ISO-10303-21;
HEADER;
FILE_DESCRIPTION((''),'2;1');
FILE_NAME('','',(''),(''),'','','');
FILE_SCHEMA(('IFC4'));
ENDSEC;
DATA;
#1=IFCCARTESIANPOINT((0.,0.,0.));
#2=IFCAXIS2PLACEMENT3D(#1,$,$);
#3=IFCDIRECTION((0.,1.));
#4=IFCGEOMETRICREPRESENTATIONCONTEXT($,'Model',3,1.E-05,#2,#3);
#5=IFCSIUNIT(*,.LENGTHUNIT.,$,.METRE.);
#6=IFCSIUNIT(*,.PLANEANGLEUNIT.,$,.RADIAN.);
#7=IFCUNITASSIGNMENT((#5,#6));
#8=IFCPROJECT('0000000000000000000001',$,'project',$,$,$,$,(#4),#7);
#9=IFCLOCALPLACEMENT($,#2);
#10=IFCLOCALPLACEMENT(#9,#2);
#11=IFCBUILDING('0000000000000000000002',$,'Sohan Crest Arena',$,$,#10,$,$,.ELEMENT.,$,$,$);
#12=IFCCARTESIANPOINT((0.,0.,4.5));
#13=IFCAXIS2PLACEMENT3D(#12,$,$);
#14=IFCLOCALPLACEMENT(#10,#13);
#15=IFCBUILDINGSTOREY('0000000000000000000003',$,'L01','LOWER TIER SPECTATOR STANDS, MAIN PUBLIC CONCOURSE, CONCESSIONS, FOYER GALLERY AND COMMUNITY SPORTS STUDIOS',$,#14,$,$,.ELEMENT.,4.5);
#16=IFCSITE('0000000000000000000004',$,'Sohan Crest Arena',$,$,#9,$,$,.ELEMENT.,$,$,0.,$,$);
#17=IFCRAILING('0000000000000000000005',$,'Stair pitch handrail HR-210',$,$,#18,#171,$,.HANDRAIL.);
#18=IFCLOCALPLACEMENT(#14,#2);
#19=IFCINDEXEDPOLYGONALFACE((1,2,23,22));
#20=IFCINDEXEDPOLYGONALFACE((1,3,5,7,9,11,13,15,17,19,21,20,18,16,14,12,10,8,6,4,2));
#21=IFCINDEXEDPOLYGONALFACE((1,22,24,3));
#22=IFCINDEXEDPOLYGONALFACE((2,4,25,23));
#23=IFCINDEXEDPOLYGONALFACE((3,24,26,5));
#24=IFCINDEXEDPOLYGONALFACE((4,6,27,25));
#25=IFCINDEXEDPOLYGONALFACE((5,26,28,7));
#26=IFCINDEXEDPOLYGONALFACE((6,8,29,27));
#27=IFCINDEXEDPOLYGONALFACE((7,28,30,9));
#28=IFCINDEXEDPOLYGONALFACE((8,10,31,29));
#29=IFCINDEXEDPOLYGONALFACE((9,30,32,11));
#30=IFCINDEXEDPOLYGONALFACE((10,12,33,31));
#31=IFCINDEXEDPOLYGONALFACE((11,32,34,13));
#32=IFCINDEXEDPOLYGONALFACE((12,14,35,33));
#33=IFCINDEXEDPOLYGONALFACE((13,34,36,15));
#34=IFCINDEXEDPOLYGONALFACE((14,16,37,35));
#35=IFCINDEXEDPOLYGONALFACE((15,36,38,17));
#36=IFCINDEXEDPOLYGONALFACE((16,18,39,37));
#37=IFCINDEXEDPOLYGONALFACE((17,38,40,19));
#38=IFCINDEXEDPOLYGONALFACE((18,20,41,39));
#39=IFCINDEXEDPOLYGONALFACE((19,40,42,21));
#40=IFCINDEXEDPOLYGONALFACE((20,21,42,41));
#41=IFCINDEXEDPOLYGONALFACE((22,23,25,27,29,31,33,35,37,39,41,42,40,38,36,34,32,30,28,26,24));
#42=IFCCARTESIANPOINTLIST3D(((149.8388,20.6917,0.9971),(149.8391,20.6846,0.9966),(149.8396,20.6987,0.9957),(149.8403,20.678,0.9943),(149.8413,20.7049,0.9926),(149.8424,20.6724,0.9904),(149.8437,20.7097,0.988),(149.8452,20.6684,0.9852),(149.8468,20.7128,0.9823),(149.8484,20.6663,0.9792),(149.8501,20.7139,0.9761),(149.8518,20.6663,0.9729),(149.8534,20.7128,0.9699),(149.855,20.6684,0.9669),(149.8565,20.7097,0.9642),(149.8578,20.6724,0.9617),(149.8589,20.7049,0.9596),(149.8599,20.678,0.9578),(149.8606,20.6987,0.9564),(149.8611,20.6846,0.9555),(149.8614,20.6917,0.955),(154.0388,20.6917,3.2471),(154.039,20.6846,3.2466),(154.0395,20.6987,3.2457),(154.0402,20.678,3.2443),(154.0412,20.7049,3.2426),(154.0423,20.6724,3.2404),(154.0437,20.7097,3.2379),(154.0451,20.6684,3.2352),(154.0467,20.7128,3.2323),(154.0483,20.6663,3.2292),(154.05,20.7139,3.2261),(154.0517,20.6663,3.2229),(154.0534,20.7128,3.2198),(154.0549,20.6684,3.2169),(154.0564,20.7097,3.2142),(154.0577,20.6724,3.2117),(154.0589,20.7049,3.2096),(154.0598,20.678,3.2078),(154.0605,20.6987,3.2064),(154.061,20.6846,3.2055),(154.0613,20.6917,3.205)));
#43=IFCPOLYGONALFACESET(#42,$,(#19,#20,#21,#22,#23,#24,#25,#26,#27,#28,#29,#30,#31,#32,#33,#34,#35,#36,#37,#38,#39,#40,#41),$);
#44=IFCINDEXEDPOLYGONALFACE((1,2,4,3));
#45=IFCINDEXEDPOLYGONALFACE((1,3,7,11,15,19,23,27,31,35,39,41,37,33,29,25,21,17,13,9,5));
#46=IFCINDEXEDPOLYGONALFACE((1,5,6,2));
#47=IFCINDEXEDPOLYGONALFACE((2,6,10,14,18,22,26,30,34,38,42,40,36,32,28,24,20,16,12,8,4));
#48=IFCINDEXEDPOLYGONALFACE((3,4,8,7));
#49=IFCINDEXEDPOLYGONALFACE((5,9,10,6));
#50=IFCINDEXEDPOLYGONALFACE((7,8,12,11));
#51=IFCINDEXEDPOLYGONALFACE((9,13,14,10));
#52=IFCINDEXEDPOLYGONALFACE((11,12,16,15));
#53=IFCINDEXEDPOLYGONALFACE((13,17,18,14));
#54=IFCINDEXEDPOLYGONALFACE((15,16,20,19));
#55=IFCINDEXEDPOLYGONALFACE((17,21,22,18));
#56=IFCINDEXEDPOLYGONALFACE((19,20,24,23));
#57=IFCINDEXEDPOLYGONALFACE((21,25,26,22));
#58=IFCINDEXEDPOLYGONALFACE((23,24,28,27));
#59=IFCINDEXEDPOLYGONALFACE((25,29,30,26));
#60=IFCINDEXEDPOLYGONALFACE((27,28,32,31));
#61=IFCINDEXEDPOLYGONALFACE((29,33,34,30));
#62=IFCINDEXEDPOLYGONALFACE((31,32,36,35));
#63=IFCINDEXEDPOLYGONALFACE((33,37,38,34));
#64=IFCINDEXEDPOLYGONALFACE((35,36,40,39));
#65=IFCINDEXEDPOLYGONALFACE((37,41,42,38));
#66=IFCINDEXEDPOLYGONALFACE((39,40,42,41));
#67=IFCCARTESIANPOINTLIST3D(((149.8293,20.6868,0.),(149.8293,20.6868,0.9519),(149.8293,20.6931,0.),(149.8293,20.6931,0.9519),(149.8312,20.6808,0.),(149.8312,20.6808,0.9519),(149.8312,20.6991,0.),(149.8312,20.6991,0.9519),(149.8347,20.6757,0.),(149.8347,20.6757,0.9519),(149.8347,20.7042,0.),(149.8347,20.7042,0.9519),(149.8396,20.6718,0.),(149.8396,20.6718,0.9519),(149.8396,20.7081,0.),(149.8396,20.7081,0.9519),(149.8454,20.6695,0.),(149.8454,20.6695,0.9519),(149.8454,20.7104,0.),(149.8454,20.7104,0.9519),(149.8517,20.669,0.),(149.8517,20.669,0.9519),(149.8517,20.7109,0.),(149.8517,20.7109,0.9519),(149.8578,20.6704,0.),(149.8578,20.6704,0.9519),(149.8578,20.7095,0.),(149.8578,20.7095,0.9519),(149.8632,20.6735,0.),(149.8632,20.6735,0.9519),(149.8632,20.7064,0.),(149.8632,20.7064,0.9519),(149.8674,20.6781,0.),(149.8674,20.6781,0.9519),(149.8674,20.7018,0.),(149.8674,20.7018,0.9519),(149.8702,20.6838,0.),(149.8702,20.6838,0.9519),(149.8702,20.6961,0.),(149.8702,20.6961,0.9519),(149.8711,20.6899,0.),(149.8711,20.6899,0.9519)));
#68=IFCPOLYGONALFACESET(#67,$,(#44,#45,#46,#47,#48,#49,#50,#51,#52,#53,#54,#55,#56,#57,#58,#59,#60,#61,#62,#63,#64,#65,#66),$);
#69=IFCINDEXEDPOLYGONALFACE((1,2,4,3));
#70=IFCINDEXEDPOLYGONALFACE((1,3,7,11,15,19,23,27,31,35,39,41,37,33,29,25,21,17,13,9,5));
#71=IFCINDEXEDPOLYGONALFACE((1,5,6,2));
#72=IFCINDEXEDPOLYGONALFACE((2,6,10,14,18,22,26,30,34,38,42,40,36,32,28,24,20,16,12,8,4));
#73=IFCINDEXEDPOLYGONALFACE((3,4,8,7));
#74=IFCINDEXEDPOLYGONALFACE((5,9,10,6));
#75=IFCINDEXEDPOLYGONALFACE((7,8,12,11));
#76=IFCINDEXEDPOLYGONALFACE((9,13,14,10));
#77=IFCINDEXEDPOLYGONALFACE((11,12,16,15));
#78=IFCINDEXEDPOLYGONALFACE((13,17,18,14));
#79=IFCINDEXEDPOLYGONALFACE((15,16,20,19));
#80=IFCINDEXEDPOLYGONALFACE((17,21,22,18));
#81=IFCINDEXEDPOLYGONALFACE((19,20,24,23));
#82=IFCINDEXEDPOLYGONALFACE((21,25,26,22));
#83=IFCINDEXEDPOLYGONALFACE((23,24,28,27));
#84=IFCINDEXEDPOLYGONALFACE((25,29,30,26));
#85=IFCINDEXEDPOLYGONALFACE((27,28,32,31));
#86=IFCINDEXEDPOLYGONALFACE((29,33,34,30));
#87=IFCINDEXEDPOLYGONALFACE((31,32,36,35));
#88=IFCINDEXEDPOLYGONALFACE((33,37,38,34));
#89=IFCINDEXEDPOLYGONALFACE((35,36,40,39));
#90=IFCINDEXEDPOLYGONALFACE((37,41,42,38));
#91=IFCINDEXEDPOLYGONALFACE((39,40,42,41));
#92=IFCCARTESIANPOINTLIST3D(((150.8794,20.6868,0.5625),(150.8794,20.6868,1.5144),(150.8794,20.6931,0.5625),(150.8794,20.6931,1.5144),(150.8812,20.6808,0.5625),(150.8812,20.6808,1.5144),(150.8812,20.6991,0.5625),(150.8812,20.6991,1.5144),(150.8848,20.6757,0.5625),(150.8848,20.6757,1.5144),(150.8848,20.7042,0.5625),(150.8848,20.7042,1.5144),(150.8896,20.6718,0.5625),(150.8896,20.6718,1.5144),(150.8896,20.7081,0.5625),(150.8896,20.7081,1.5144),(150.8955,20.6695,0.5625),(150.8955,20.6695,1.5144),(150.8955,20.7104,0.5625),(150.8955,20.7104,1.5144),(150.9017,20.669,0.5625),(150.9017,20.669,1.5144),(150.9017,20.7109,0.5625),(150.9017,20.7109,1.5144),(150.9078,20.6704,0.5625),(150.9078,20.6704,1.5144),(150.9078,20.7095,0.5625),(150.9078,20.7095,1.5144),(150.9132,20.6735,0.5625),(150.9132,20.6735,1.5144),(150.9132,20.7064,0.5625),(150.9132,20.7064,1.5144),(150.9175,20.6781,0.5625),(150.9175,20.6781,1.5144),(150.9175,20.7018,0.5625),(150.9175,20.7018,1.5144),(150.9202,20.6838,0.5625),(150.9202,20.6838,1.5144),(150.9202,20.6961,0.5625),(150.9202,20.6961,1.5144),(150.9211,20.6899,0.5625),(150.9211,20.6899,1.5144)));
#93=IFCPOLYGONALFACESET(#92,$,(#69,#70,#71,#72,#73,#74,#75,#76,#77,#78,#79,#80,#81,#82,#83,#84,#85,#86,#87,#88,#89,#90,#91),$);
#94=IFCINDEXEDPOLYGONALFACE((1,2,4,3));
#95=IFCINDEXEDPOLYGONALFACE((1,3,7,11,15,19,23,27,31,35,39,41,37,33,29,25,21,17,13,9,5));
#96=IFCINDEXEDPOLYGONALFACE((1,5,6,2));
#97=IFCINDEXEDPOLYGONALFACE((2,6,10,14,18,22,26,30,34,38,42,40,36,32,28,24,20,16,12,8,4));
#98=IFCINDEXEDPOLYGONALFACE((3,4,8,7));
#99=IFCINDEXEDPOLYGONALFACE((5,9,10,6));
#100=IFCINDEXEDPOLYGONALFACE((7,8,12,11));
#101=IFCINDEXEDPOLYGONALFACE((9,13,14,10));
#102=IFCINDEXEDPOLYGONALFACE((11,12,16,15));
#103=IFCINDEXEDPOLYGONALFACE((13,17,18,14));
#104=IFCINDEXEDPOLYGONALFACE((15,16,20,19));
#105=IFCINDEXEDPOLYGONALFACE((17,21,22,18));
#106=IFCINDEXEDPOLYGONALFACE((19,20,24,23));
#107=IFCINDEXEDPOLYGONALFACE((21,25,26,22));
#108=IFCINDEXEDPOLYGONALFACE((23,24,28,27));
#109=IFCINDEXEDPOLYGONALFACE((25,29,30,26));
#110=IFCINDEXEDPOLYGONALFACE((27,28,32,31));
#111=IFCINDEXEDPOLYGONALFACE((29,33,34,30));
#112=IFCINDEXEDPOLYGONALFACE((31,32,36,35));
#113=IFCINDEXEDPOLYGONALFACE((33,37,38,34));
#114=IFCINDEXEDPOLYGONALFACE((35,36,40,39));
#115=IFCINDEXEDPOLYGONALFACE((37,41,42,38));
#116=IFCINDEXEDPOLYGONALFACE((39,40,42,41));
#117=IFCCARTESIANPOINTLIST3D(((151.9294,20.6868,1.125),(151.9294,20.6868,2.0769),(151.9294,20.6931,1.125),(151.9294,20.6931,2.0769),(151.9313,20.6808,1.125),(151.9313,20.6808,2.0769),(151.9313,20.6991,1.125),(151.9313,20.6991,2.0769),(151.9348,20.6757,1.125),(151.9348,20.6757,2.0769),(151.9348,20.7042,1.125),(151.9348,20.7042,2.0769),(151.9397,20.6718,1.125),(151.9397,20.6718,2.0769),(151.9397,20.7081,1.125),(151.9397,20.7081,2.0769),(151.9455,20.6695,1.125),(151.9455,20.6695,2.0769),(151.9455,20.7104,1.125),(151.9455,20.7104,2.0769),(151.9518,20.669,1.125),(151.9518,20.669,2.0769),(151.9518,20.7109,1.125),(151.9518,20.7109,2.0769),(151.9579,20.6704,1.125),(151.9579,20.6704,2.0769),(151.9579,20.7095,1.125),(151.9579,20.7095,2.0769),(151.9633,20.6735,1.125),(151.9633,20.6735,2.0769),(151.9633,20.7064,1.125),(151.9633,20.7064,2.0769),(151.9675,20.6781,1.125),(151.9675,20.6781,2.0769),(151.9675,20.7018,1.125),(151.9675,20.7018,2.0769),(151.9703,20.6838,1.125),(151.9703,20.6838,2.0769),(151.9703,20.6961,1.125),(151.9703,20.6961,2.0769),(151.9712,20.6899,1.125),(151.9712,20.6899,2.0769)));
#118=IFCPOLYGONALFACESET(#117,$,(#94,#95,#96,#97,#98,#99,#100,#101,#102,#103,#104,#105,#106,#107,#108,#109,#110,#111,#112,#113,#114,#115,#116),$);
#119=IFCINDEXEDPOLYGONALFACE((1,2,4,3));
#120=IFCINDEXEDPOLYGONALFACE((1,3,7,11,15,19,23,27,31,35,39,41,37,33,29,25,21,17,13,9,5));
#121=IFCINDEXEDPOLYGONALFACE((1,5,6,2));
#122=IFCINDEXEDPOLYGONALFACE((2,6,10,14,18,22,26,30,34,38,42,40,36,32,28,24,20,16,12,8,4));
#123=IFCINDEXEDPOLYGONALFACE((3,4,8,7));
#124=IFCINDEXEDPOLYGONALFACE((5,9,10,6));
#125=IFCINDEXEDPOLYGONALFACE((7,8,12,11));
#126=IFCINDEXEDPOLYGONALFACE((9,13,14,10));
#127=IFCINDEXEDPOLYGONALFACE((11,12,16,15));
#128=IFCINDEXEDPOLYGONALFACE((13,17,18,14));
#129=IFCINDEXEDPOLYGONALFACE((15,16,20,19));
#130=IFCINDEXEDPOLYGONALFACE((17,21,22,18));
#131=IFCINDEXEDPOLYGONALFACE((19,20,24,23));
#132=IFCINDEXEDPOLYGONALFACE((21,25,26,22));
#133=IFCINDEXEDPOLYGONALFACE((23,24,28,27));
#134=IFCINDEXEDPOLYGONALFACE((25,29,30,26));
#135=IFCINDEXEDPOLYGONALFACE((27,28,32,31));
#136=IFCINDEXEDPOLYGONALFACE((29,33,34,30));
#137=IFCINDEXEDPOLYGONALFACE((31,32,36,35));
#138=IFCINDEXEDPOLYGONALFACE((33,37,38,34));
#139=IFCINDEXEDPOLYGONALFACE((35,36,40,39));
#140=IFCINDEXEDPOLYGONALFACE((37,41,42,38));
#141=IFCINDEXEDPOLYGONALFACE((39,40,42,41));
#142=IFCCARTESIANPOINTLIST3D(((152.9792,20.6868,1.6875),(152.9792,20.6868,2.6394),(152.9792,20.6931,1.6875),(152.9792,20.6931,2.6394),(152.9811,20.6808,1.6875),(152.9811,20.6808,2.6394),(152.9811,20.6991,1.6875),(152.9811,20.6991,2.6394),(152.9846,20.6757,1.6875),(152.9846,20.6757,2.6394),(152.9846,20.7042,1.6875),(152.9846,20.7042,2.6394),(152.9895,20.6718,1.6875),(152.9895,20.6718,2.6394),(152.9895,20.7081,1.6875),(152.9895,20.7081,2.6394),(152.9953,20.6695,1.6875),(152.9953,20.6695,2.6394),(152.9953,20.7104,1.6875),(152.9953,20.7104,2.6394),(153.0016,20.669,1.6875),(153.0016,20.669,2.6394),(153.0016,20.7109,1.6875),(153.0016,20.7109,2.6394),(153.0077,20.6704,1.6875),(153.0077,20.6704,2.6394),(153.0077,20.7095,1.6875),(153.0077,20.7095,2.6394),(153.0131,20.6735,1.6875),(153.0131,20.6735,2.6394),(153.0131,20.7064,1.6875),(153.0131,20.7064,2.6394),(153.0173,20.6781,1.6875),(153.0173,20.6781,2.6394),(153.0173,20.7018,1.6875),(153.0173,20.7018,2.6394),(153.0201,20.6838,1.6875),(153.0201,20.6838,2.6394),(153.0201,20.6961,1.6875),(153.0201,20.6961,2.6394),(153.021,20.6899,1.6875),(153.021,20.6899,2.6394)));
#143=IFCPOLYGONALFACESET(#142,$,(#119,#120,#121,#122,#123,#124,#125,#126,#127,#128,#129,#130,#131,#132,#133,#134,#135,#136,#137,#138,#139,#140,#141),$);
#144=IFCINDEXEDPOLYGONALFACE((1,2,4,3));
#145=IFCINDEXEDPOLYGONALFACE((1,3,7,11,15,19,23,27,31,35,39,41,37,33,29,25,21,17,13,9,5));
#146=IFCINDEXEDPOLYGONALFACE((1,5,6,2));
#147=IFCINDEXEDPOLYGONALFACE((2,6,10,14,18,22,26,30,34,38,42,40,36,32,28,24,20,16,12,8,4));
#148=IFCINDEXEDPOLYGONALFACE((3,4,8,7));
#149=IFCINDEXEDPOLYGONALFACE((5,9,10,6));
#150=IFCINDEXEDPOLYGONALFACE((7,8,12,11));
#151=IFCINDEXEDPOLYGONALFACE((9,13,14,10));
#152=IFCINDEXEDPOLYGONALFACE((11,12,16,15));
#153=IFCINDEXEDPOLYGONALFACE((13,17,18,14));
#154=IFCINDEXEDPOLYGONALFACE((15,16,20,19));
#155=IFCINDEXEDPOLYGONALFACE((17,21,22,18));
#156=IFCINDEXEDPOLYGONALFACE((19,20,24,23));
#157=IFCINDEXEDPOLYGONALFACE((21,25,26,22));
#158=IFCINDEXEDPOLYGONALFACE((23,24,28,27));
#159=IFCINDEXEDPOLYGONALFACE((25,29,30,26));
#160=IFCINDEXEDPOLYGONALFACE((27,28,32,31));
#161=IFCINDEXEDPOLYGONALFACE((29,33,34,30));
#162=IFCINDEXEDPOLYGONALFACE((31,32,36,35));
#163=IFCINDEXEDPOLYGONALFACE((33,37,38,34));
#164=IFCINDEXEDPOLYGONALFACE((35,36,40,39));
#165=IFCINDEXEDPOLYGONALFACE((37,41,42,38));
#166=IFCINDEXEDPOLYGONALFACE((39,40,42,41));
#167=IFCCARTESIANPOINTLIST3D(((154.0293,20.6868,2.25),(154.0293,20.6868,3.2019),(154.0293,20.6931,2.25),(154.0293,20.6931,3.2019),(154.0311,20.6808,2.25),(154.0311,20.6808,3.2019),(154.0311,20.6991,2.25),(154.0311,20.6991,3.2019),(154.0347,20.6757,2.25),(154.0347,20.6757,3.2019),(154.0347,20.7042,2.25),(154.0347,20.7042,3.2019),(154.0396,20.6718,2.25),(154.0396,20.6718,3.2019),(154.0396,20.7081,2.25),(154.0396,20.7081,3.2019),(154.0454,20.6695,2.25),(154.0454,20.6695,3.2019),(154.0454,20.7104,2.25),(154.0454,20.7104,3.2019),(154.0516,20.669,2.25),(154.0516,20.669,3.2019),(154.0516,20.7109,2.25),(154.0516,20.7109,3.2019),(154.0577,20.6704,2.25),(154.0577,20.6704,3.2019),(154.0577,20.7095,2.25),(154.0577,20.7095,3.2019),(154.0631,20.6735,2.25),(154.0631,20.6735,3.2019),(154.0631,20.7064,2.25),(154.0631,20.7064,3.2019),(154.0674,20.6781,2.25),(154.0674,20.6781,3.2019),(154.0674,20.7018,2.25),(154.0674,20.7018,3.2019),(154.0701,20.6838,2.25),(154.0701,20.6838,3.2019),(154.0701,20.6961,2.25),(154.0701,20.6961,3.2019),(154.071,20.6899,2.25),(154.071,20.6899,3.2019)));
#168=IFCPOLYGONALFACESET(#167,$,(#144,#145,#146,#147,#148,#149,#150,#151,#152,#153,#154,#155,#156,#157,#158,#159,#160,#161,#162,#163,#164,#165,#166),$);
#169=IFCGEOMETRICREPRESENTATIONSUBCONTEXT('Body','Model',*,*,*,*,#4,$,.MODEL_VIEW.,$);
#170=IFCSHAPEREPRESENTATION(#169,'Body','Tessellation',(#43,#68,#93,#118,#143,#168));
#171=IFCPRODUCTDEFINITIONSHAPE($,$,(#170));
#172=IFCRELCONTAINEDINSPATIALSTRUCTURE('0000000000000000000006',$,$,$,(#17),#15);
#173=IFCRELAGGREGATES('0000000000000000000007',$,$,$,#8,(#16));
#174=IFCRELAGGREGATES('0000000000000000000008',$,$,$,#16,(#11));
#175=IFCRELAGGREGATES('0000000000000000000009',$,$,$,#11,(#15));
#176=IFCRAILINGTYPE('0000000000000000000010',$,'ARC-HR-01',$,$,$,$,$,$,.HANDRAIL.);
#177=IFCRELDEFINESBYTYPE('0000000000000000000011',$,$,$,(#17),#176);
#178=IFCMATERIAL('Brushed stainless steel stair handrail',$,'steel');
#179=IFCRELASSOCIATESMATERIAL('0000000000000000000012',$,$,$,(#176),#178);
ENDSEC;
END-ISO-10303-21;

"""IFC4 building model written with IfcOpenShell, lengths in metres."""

from ifc_helpers import new_model, si_unit, direction, frame, origin, origin_2d, place, context, subcontext, project, spatial, circle, extrude, material, type_object, element, save


model = new_model("IFC4")

# Units and contexts
model_context = context("Model", 3, precision=1e-05, world=origin(), true_north=direction((0.0, 1.0)))
body_context = subcontext(model_context, "Body", "Model", "MODEL_VIEW")
ifc_project = project(units=[si_unit("LENGTHUNIT", "METRE"), si_unit("PLANEANGLEUNIT", "RADIAN")], contexts=[model_context])

# Site, building, storey
site_placement = place(None, origin())
site = spatial("IfcSite", under=ifc_project, at=site_placement, Name="Sohan Crest Arena", CompositionType="ELEMENT", RefElevation=0.0)
building_placement = place(site_placement, origin())
building = spatial("IfcBuilding", under=site, at=building_placement, Name="Sohan Crest Arena", CompositionType="ELEMENT")
storey_placement = place(building_placement, frame((0.0, 0.0, 4.5)))
storey = spatial("IfcBuildingStorey", under=building, at=storey_placement, Name="L01", Description="LOWER TIER SPECTATOR STANDS, MAIN PUBLIC CONCOURSE, CONCESSIONS, FOYER GALLERY AND COMMUNITY SPORTS STUDIOS", CompositionType="ELEMENT", Elevation=4.5)

# Railing
ifc_material_1 = material(Name="Brushed stainless steel stair handrail", Category="steel")
railing_type_1 = type_object("IfcRailingType", Name="ARC-HR-01", PredefinedType="HANDRAIL", material=ifc_material_1)
for number, where, name in (
    (1, (149.8501, 20.6899, 0.0), "Stair pitch handrail HR-210"),
):
    element("IfcRailing", number, at=place(storey_placement, frame(where)), inside=storey, type_object=railing_type_1, Name=name, PredefinedType="HANDRAIL", context=body_context, shape_type="SweptSolid", body=[
        extrude(circle(Radius=0.0239, at=origin_2d()), frame((0.0, 0.0, 0.9761), z_axis=(0.881478, 0.0, 0.472226), x_axis=(0.0, 1.0, 0.0)), (0.0, 0.0, 1.0), 4.7646),
        extrude(circle(Radius=0.021, at=origin_2d()), origin(), (0.0, 0.0, 1.0), 0.9519),
        extrude(circle(Radius=0.021, at=origin_2d()), frame((1.05, 0.0, 0.5625)), (0.0, 0.0, 1.0), 0.9519),
        extrude(circle(Radius=0.021, at=origin_2d()), frame((2.1001, 0.0, 1.125)), (0.0, 0.0, 1.0), 0.9519),
        extrude(circle(Radius=0.021, at=origin_2d()), frame((3.1499, 0.0, 1.6875)), (0.0, 0.0, 1.0), 0.9519),
        extrude(circle(Radius=0.021, at=origin_2d()), frame((4.2, 0.0, 2.25)), (0.0, 0.0, 1.0), 0.9519),
    ])

save(model, "model.ifc")
